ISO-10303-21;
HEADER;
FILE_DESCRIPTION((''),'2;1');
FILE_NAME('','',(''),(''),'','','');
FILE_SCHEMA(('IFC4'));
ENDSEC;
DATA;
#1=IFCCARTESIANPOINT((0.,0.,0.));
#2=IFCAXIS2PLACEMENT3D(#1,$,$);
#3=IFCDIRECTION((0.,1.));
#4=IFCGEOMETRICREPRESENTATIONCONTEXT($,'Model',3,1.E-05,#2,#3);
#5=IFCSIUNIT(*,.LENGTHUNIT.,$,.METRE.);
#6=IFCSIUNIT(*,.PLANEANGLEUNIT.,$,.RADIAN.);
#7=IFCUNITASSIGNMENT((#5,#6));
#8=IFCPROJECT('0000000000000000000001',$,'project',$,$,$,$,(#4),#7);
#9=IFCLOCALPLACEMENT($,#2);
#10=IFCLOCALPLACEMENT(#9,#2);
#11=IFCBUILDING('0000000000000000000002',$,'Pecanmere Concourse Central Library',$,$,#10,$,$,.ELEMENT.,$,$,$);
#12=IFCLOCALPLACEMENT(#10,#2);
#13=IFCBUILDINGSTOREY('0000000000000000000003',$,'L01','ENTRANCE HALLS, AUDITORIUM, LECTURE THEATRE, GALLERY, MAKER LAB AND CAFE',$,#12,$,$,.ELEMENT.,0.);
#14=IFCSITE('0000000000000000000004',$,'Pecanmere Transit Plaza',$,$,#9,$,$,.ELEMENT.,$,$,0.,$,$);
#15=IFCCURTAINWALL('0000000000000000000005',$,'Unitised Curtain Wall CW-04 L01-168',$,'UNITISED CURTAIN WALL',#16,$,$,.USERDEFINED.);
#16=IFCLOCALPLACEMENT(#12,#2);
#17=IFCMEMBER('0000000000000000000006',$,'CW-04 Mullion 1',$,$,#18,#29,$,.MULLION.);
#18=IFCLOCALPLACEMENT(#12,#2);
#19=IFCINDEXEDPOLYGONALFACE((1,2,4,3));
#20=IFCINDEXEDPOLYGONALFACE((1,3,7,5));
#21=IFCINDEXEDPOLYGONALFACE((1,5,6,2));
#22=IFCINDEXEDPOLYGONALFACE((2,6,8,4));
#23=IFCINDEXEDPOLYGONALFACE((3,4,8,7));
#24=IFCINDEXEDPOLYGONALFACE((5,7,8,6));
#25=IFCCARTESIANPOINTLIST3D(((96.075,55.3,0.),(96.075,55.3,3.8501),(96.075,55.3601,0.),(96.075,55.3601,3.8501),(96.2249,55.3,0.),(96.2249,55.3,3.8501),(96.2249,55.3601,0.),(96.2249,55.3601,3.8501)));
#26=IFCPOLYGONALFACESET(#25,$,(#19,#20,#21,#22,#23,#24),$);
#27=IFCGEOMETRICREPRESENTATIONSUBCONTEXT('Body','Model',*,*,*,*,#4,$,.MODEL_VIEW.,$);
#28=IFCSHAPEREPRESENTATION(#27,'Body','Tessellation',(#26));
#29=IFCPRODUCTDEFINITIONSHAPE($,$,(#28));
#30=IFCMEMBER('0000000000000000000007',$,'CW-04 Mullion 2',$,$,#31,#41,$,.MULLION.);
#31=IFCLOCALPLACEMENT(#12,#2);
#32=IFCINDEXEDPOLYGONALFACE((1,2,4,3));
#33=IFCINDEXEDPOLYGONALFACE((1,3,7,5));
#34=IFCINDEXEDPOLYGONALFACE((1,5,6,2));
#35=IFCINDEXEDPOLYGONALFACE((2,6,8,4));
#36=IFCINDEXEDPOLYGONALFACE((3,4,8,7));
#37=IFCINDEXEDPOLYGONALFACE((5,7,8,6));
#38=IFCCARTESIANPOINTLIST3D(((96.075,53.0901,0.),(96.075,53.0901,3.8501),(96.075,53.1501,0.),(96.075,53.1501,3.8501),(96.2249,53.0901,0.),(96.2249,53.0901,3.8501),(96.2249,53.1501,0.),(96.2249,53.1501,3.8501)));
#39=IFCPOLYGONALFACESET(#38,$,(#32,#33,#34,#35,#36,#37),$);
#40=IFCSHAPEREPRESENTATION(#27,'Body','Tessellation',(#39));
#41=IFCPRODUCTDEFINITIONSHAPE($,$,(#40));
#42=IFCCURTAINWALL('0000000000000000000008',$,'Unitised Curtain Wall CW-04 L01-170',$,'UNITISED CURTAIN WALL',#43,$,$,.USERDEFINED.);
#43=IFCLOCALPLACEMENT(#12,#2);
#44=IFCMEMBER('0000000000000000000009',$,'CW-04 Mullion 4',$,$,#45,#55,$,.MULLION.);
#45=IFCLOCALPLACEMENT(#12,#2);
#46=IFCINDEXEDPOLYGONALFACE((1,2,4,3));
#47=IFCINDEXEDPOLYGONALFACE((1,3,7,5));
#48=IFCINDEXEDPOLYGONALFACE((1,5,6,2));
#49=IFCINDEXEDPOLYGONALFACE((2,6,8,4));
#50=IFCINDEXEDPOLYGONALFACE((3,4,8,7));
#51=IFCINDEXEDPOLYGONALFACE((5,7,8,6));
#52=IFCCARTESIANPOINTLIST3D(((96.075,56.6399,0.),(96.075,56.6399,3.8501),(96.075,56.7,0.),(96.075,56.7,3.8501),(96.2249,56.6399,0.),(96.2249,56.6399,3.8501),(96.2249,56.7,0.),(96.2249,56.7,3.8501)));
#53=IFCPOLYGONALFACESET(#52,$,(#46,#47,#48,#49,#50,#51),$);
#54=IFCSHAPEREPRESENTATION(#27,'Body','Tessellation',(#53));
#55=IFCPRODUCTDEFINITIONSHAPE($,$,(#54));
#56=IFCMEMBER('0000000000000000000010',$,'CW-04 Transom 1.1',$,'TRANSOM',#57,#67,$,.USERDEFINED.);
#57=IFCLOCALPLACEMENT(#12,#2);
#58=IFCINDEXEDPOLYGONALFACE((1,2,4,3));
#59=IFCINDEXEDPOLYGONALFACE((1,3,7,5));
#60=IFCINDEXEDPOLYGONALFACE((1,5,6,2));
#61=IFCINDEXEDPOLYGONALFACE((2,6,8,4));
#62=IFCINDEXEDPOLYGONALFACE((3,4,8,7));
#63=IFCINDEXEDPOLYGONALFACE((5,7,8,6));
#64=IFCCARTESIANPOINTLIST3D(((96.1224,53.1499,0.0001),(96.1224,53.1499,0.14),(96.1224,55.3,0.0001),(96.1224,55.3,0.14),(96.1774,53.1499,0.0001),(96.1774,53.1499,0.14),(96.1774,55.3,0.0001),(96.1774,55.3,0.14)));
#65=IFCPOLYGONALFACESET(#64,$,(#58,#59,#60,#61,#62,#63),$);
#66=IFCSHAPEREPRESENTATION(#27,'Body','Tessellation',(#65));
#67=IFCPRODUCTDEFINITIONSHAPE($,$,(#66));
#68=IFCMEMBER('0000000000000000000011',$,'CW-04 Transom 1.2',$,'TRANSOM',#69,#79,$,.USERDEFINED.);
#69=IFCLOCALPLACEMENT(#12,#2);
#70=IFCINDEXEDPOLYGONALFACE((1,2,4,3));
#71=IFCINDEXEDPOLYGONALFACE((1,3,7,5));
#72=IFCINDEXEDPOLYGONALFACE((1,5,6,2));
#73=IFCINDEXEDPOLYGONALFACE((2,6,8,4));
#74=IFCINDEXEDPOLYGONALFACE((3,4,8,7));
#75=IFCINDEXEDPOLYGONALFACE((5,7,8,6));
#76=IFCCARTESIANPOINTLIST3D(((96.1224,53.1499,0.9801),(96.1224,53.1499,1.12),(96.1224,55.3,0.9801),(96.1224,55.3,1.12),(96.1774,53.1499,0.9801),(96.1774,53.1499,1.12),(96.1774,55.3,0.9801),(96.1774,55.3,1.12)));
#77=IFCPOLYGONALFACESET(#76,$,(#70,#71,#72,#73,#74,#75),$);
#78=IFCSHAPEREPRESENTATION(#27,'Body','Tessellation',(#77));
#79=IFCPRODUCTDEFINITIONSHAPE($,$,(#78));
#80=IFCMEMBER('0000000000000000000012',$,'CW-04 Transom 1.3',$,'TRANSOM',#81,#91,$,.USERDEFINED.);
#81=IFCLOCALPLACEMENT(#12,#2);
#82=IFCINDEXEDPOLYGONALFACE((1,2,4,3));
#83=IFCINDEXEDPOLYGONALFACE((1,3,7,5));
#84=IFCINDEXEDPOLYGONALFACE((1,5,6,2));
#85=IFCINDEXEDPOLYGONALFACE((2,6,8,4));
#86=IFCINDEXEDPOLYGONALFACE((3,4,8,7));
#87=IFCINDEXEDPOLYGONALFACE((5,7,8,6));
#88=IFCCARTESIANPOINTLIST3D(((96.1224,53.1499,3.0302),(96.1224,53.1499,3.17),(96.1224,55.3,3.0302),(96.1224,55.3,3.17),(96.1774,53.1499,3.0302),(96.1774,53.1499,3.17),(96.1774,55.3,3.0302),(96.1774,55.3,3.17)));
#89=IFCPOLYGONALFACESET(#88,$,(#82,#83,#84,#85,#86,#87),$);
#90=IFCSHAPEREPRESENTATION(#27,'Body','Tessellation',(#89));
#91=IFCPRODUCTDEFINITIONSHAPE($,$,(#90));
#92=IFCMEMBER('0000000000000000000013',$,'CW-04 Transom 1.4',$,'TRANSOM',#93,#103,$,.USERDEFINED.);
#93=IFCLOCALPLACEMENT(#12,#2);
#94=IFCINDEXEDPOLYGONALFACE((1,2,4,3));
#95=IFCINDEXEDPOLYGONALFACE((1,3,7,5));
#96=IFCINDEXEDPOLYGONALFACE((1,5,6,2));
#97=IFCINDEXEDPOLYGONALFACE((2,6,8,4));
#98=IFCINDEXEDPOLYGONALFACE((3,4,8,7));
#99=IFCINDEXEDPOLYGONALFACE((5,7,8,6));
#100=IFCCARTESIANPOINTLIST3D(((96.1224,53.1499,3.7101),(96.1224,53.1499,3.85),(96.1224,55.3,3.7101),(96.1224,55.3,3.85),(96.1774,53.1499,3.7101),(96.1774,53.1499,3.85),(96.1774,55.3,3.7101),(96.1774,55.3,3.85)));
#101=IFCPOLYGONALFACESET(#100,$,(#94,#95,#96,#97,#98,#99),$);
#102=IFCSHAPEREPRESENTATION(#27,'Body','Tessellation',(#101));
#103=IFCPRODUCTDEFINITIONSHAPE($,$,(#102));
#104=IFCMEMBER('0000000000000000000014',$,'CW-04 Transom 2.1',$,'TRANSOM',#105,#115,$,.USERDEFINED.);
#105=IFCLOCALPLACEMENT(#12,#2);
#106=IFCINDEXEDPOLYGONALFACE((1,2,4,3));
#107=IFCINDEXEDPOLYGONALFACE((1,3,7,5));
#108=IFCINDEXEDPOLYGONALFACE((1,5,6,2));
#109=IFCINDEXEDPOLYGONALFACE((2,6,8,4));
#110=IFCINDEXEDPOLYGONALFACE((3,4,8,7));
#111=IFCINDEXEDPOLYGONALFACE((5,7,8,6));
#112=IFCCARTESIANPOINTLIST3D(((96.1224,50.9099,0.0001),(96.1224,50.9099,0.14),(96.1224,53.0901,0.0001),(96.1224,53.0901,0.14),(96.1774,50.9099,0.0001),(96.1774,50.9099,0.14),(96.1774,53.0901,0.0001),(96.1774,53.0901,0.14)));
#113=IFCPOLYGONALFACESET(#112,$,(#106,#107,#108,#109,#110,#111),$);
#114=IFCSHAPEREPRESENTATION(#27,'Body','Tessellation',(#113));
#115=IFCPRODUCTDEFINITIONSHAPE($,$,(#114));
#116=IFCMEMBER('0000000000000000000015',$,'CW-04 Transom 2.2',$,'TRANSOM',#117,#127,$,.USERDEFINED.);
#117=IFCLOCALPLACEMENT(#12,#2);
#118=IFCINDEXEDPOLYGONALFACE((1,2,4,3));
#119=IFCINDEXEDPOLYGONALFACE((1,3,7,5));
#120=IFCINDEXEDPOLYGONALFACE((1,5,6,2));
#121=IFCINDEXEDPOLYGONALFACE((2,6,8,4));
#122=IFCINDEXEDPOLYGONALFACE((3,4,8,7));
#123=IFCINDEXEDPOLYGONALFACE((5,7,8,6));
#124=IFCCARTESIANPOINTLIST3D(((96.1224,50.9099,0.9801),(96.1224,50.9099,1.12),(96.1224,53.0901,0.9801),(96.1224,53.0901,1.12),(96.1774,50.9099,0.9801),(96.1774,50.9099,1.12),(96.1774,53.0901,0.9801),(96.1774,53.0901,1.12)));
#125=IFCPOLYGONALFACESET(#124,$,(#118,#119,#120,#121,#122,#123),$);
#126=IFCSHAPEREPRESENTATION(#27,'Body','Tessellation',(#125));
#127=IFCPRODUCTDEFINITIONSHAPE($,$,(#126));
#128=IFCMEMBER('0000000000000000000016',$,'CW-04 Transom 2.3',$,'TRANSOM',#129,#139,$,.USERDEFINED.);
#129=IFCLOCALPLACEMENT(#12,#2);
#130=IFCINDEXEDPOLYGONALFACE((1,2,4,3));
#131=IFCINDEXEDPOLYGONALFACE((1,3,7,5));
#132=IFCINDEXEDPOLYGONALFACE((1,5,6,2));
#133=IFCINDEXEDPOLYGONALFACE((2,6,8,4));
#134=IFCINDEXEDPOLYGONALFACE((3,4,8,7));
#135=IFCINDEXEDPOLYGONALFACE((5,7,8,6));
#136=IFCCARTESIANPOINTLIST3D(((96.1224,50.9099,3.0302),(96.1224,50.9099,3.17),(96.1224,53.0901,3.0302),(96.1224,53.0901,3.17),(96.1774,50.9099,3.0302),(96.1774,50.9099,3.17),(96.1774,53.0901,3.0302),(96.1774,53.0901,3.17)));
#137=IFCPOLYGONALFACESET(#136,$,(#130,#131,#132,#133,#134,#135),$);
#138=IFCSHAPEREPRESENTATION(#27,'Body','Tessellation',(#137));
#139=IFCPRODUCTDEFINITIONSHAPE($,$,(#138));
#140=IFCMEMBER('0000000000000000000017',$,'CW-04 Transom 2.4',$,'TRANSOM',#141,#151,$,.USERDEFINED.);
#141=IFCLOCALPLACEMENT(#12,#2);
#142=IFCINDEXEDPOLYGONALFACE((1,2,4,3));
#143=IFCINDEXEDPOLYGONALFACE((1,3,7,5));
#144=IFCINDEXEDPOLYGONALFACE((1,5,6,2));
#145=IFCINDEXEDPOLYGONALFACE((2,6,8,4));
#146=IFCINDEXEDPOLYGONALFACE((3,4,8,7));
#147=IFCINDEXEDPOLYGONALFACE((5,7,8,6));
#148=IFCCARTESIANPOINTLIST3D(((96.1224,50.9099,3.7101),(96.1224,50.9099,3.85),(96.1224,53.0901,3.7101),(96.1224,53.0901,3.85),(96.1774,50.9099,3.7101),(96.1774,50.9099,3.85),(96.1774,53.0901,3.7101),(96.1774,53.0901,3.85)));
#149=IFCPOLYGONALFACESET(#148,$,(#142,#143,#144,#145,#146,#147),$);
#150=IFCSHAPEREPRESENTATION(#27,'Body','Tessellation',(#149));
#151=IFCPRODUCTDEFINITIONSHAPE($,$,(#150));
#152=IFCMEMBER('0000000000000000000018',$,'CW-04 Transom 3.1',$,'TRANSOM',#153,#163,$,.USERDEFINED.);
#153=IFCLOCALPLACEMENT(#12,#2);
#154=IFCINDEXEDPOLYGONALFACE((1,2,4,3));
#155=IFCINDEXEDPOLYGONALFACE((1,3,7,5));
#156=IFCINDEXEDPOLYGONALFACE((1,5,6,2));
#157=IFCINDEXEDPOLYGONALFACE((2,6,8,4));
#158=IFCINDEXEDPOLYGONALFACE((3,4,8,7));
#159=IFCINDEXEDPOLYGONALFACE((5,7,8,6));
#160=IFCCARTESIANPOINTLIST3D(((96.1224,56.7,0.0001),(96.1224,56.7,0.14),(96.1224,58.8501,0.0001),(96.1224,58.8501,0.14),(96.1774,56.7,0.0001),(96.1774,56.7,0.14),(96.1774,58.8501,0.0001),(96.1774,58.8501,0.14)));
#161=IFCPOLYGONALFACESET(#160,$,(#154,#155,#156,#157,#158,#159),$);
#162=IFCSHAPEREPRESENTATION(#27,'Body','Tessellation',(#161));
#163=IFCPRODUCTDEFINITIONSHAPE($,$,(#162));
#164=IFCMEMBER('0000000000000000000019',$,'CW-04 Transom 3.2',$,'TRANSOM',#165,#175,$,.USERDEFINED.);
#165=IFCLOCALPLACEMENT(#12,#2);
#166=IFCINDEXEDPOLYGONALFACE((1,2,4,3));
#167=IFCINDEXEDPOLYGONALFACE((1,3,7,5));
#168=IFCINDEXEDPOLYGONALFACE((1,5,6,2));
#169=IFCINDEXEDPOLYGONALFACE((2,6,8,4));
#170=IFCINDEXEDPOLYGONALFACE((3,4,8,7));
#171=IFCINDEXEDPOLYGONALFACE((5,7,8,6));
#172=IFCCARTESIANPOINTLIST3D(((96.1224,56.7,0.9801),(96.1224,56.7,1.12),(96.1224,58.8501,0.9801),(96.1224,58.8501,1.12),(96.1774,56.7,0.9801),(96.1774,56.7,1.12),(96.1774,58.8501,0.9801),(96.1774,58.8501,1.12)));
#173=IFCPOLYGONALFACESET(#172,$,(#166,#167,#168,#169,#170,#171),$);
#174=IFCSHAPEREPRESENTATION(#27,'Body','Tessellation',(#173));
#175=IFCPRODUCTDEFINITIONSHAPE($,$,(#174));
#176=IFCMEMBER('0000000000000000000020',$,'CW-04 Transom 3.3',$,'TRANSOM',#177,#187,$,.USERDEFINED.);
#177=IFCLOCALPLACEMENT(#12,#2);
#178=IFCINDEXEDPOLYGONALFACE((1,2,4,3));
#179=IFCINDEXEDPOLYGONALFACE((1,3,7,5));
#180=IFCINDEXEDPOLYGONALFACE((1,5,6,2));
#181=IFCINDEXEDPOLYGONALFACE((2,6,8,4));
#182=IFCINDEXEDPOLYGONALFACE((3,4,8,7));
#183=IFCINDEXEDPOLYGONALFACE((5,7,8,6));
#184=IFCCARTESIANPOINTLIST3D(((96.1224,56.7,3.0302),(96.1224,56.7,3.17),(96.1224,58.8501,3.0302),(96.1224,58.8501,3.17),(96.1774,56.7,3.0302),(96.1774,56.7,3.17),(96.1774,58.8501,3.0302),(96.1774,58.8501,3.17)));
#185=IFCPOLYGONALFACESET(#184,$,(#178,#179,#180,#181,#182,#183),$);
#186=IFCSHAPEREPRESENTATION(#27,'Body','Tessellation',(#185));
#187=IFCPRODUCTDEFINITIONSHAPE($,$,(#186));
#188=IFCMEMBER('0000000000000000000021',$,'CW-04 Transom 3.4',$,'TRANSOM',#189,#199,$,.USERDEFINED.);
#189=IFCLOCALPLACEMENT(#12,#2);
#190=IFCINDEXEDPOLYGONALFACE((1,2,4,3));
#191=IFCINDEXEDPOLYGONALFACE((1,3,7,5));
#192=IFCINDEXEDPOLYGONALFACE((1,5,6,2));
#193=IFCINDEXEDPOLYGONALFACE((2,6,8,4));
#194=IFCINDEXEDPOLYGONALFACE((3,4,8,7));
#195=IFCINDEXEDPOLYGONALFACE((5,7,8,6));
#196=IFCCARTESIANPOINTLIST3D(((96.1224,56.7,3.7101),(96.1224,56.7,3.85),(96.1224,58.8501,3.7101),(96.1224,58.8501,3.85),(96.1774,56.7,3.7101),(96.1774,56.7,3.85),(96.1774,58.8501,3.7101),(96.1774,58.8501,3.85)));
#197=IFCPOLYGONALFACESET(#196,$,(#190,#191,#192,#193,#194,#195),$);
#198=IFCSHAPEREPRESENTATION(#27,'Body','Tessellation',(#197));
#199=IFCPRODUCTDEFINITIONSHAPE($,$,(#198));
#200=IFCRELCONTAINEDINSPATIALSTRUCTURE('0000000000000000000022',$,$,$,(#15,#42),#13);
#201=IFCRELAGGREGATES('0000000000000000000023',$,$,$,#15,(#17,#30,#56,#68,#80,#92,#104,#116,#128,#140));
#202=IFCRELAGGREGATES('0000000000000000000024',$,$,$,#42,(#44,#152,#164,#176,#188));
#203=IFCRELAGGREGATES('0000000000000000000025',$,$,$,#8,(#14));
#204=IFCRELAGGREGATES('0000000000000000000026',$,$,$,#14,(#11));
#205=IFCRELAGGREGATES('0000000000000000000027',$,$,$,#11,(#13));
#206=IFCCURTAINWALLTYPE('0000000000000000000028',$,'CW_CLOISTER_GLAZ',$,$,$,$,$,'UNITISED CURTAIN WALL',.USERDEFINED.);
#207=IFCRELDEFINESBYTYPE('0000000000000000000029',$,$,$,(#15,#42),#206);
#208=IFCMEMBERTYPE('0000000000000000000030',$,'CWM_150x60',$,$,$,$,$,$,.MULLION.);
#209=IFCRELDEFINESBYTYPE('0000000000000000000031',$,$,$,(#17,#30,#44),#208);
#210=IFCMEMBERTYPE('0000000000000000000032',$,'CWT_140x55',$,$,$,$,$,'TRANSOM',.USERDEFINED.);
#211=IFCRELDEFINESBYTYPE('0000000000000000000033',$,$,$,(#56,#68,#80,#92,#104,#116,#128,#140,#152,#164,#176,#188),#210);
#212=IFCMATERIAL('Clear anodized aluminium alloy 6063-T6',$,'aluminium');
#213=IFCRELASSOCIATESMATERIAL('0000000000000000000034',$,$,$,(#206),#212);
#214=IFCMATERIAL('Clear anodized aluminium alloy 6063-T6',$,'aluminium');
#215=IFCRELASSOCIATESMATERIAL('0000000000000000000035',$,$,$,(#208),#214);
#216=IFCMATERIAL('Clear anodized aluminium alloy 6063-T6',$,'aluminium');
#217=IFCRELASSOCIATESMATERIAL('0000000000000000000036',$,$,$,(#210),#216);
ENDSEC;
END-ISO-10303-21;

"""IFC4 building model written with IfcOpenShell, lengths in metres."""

from ifc_helpers import new_model, si_unit, direction, frame, origin, origin_2d, place, context, subcontext, project, spatial, rectangle, extrude, material, material_profile, profile_set, type_object, element, aggregate, save


model = new_model("IFC4")

# Units and contexts
model_context = context("Model", 3, precision=1e-05, world=origin(), true_north=direction((0.0, 1.0)))
body_context = subcontext(model_context, "Body", "Model", "MODEL_VIEW")
ifc_project = project(units=[si_unit("LENGTHUNIT", "METRE"), si_unit("PLANEANGLEUNIT", "RADIAN")], contexts=[model_context])

# Site, building, storey
site_placement = place(None, origin())
site = spatial("IfcSite", under=ifc_project, at=site_placement, Name="Pecanmere Transit Plaza", CompositionType="ELEMENT", RefElevation=0.0)
building_placement = place(site_placement, origin())
building = spatial("IfcBuilding", under=site, at=building_placement, Name="Pecanmere Concourse Central Library", CompositionType="ELEMENT")
storey_placement = place(building_placement, origin())
storey = spatial("IfcBuildingStorey", under=building, at=storey_placement, Name="L01", Description="ENTRANCE HALLS, AUDITORIUM, LECTURE THEATRE, GALLERY, MAKER LAB AND CAFE", CompositionType="ELEMENT", Elevation=0.0)

# Curtain wall, members
ifc_material_1 = material(Name="Clear anodized aluminium alloy 6063-T6", Category="aluminium")
curtain_wall_type = type_object("IfcCurtainWallType", Name="CW_CLOISTER_GLAZ", ElementType="UNITISED CURTAIN WALL", PredefinedType="USERDEFINED", material=ifc_material_1)
curtain_wall_1_placement = place(storey_placement, origin())
curtain_wall_1 = element("IfcCurtainWall", 1, at=curtain_wall_1_placement, inside=storey, type_object=curtain_wall_type, Name="Unitised Curtain Wall CW-04 L01-168", ObjectType="UNITISED CURTAIN WALL", PredefinedType="USERDEFINED")
ifc_material_2 = material(Name="Clear anodized aluminium alloy 6063-T6", Category="aluminium")
ifc_material_profile_1 = material_profile(ifc_material_2, rectangle(XDim=0.0601, YDim=0.1499, at=origin_2d()), Name="AL 60x150")
ifc_profile_set_1 = profile_set([ifc_material_profile_1], Name="Clear anodized aluminium alloy 6063-T6")
member_type_1 = type_object("IfcMemberType", Name="CWM_150x60", PredefinedType="MULLION", material=ifc_profile_set_1)
member_1_placement = place(storey_placement, frame((96.1499, 55.3301, 0.0), z_axis=(0.0, 0.0, 1.0), x_axis=(0.0, -1.0, 0.0)))
member_1 = element("IfcMember", 2, at=member_1_placement, type_object=member_type_1, Name="CW-04 Mullion 1", PredefinedType="MULLION", context=body_context, shape_type="SweptSolid", body=[
    extrude(rectangle(XDim=0.0601, YDim=0.1499, at=origin_2d()), origin(), (0.0, 0.0, 1.0), 3.8501),
])
member_2_placement = place(storey_placement, frame((96.1499, 53.1201, 0.0), z_axis=(0.0, 0.0, 1.0), x_axis=(0.0, -1.0, 0.0)))
member_2 = element("IfcMember", 3, at=member_2_placement, type_object=member_type_1, Name="CW-04 Mullion 2", PredefinedType="MULLION", context=body_context, shape_type="SweptSolid", body=[
    extrude(rectangle(XDim=0.0601, YDim=0.1499, at=origin_2d()), origin(), (0.0, 0.0, 1.0), 3.8501),
])

# Curtain wall, member
curtain_wall_2_placement = place(storey_placement, origin())
curtain_wall_2 = element("IfcCurtainWall", 4, at=curtain_wall_2_placement, inside=storey, type_object=curtain_wall_type, Name="Unitised Curtain Wall CW-04 L01-170", ObjectType="UNITISED CURTAIN WALL", PredefinedType="USERDEFINED")
member_3_placement = place(storey_placement, frame((96.1499, 56.6699, 0.0), z_axis=(0.0, 0.0, 1.0), x_axis=(0.0, -1.0, 0.0)))
member_3 = element("IfcMember", 5, at=member_3_placement, type_object=member_type_1, Name="CW-04 Mullion 4", PredefinedType="MULLION", context=body_context, shape_type="SweptSolid", body=[
    extrude(rectangle(XDim=0.0601, YDim=0.1499, at=origin_2d()), origin(), (0.0, 0.0, 1.0), 3.8501),
])

# Members
ifc_material_3 = material(Name="Clear anodized aluminium alloy 6063-T6", Category="aluminium")
ifc_material_profile_2 = material_profile(ifc_material_3, rectangle(XDim=0.0549, YDim=0.1399, at=origin_2d()), Name="AL 55x140")
ifc_profile_set_2 = profile_set([ifc_material_profile_2], Name="Clear anodized aluminium alloy 6063-T6")
member_type_2 = type_object("IfcMemberType", Name="CWT_140x55", ElementType="TRANSOM", PredefinedType="USERDEFINED", material=ifc_profile_set_2)
member_4_placement = place(storey_placement, frame((96.1499, 55.3, 0.0701), z_axis=(0.0, -1.0, 0.0), x_axis=(1.0, 0.0, 0.0)))
member_4 = element("IfcMember", 6, at=member_4_placement, type_object=member_type_2, Name="CW-04 Transom 1.1", ObjectType="TRANSOM", PredefinedType="USERDEFINED", context=body_context, shape_type="SweptSolid", body=[
    extrude(rectangle(XDim=0.0549, YDim=0.1399, at=origin_2d()), origin(), (0.0, 0.0, 1.0), 2.1501),
])
member_5_placement = place(storey_placement, frame((96.1499, 55.3, 1.05), z_axis=(0.0, -1.0, 0.0), x_axis=(1.0, 0.0, 0.0)))
member_5 = element("IfcMember", 7, at=member_5_placement, type_object=member_type_2, Name="CW-04 Transom 1.2", ObjectType="TRANSOM", PredefinedType="USERDEFINED", context=body_context, shape_type="SweptSolid", body=[
    extrude(rectangle(XDim=0.0549, YDim=0.1399, at=origin_2d()), origin(), (0.0, 0.0, 1.0), 2.1501),
])
member_6_placement = place(storey_placement, frame((96.1499, 55.3, 3.1001), z_axis=(0.0, -1.0, 0.0), x_axis=(1.0, 0.0, 0.0)))
member_6 = element("IfcMember", 8, at=member_6_placement, type_object=member_type_2, Name="CW-04 Transom 1.3", ObjectType="TRANSOM", PredefinedType="USERDEFINED", context=body_context, shape_type="SweptSolid", body=[
    extrude(rectangle(XDim=0.0549, YDim=0.1399, at=origin_2d()), origin(), (0.0, 0.0, 1.0), 2.1501),
])
member_7_placement = place(storey_placement, frame((96.1499, 55.3, 3.78), z_axis=(0.0, -1.0, 0.0), x_axis=(1.0, 0.0, 0.0)))
member_7 = element("IfcMember", 9, at=member_7_placement, type_object=member_type_2, Name="CW-04 Transom 1.4", ObjectType="TRANSOM", PredefinedType="USERDEFINED", context=body_context, shape_type="SweptSolid", body=[
    extrude(rectangle(XDim=0.0549, YDim=0.1399, at=origin_2d()), origin(), (0.0, 0.0, 1.0), 2.1501),
])
member_8_placement = place(storey_placement, frame((96.1499, 53.0901, 0.0701), z_axis=(0.0, -1.0, 0.0), x_axis=(1.0, 0.0, 0.0)))
member_8 = element("IfcMember", 10, at=member_8_placement, type_object=member_type_2, Name="CW-04 Transom 2.1", ObjectType="TRANSOM", PredefinedType="USERDEFINED", context=body_context, shape_type="SweptSolid", body=[
    extrude(rectangle(XDim=0.0549, YDim=0.1399, at=origin_2d()), origin(), (0.0, 0.0, 1.0), 2.1802),
])
member_9_placement = place(storey_placement, frame((96.1499, 53.0901, 1.05), z_axis=(0.0, -1.0, 0.0), x_axis=(1.0, 0.0, 0.0)))
member_9 = element("IfcMember", 11, at=member_9_placement, type_object=member_type_2, Name="CW-04 Transom 2.2", ObjectType="TRANSOM", PredefinedType="USERDEFINED", context=body_context, shape_type="SweptSolid", body=[
    extrude(rectangle(XDim=0.0549, YDim=0.1399, at=origin_2d()), origin(), (0.0, 0.0, 1.0), 2.1802),
])
member_10_placement = place(storey_placement, frame((96.1499, 53.0901, 3.1001), z_axis=(0.0, -1.0, 0.0), x_axis=(1.0, 0.0, 0.0)))
member_10 = element("IfcMember", 12, at=member_10_placement, type_object=member_type_2, Name="CW-04 Transom 2.3", ObjectType="TRANSOM", PredefinedType="USERDEFINED", context=body_context, shape_type="SweptSolid", body=[
    extrude(rectangle(XDim=0.0549, YDim=0.1399, at=origin_2d()), origin(), (0.0, 0.0, 1.0), 2.1802),
])
member_11_placement = place(storey_placement, frame((96.1499, 53.0901, 3.78), z_axis=(0.0, -1.0, 0.0), x_axis=(1.0, 0.0, 0.0)))
member_11 = element("IfcMember", 13, at=member_11_placement, type_object=member_type_2, Name="CW-04 Transom 2.4", ObjectType="TRANSOM", PredefinedType="USERDEFINED", context=body_context, shape_type="SweptSolid", body=[
    extrude(rectangle(XDim=0.0549, YDim=0.1399, at=origin_2d()), origin(), (0.0, 0.0, 1.0), 2.1802),
])
member_12_placement = place(storey_placement, frame((96.1499, 58.8501, 0.0701), z_axis=(0.0, -1.0, 0.0), x_axis=(1.0, 0.0, 0.0)))
member_12 = element("IfcMember", 14, at=member_12_placement, type_object=member_type_2, Name="CW-04 Transom 3.1", ObjectType="TRANSOM", PredefinedType="USERDEFINED", context=body_context, shape_type="SweptSolid", body=[
    extrude(rectangle(XDim=0.0549, YDim=0.1399, at=origin_2d()), origin(), (0.0, 0.0, 1.0), 2.1501),
])
member_13_placement = place(storey_placement, frame((96.1499, 58.8501, 1.05), z_axis=(0.0, -1.0, 0.0), x_axis=(1.0, 0.0, 0.0)))
member_13 = element("IfcMember", 15, at=member_13_placement, type_object=member_type_2, Name="CW-04 Transom 3.2", ObjectType="TRANSOM", PredefinedType="USERDEFINED", context=body_context, shape_type="SweptSolid", body=[
    extrude(rectangle(XDim=0.0549, YDim=0.1399, at=origin_2d()), origin(), (0.0, 0.0, 1.0), 2.1501),
])
member_14_placement = place(storey_placement, frame((96.1499, 58.8501, 3.1001), z_axis=(0.0, -1.0, 0.0), x_axis=(1.0, 0.0, 0.0)))
member_14 = element("IfcMember", 16, at=member_14_placement, type_object=member_type_2, Name="CW-04 Transom 3.3", ObjectType="TRANSOM", PredefinedType="USERDEFINED", context=body_context, shape_type="SweptSolid", body=[
    extrude(rectangle(XDim=0.0549, YDim=0.1399, at=origin_2d()), origin(), (0.0, 0.0, 1.0), 2.1501),
])
member_15_placement = place(storey_placement, frame((96.1499, 58.8501, 3.78), z_axis=(0.0, -1.0, 0.0), x_axis=(1.0, 0.0, 0.0)))
member_15 = element("IfcMember", 17, at=member_15_placement, type_object=member_type_2, Name="CW-04 Transom 3.4", ObjectType="TRANSOM", PredefinedType="USERDEFINED", context=body_context, shape_type="SweptSolid", body=[
    extrude(rectangle(XDim=0.0549, YDim=0.1399, at=origin_2d()), origin(), (0.0, 0.0, 1.0), 2.1501),
])

aggregate(curtain_wall_1, [member_1, member_2, member_4, member_5, member_6, member_7, member_8, member_9, member_10, member_11])
aggregate(curtain_wall_2, [member_3, member_12, member_13, member_14, member_15])

save(model, "model.ifc")
